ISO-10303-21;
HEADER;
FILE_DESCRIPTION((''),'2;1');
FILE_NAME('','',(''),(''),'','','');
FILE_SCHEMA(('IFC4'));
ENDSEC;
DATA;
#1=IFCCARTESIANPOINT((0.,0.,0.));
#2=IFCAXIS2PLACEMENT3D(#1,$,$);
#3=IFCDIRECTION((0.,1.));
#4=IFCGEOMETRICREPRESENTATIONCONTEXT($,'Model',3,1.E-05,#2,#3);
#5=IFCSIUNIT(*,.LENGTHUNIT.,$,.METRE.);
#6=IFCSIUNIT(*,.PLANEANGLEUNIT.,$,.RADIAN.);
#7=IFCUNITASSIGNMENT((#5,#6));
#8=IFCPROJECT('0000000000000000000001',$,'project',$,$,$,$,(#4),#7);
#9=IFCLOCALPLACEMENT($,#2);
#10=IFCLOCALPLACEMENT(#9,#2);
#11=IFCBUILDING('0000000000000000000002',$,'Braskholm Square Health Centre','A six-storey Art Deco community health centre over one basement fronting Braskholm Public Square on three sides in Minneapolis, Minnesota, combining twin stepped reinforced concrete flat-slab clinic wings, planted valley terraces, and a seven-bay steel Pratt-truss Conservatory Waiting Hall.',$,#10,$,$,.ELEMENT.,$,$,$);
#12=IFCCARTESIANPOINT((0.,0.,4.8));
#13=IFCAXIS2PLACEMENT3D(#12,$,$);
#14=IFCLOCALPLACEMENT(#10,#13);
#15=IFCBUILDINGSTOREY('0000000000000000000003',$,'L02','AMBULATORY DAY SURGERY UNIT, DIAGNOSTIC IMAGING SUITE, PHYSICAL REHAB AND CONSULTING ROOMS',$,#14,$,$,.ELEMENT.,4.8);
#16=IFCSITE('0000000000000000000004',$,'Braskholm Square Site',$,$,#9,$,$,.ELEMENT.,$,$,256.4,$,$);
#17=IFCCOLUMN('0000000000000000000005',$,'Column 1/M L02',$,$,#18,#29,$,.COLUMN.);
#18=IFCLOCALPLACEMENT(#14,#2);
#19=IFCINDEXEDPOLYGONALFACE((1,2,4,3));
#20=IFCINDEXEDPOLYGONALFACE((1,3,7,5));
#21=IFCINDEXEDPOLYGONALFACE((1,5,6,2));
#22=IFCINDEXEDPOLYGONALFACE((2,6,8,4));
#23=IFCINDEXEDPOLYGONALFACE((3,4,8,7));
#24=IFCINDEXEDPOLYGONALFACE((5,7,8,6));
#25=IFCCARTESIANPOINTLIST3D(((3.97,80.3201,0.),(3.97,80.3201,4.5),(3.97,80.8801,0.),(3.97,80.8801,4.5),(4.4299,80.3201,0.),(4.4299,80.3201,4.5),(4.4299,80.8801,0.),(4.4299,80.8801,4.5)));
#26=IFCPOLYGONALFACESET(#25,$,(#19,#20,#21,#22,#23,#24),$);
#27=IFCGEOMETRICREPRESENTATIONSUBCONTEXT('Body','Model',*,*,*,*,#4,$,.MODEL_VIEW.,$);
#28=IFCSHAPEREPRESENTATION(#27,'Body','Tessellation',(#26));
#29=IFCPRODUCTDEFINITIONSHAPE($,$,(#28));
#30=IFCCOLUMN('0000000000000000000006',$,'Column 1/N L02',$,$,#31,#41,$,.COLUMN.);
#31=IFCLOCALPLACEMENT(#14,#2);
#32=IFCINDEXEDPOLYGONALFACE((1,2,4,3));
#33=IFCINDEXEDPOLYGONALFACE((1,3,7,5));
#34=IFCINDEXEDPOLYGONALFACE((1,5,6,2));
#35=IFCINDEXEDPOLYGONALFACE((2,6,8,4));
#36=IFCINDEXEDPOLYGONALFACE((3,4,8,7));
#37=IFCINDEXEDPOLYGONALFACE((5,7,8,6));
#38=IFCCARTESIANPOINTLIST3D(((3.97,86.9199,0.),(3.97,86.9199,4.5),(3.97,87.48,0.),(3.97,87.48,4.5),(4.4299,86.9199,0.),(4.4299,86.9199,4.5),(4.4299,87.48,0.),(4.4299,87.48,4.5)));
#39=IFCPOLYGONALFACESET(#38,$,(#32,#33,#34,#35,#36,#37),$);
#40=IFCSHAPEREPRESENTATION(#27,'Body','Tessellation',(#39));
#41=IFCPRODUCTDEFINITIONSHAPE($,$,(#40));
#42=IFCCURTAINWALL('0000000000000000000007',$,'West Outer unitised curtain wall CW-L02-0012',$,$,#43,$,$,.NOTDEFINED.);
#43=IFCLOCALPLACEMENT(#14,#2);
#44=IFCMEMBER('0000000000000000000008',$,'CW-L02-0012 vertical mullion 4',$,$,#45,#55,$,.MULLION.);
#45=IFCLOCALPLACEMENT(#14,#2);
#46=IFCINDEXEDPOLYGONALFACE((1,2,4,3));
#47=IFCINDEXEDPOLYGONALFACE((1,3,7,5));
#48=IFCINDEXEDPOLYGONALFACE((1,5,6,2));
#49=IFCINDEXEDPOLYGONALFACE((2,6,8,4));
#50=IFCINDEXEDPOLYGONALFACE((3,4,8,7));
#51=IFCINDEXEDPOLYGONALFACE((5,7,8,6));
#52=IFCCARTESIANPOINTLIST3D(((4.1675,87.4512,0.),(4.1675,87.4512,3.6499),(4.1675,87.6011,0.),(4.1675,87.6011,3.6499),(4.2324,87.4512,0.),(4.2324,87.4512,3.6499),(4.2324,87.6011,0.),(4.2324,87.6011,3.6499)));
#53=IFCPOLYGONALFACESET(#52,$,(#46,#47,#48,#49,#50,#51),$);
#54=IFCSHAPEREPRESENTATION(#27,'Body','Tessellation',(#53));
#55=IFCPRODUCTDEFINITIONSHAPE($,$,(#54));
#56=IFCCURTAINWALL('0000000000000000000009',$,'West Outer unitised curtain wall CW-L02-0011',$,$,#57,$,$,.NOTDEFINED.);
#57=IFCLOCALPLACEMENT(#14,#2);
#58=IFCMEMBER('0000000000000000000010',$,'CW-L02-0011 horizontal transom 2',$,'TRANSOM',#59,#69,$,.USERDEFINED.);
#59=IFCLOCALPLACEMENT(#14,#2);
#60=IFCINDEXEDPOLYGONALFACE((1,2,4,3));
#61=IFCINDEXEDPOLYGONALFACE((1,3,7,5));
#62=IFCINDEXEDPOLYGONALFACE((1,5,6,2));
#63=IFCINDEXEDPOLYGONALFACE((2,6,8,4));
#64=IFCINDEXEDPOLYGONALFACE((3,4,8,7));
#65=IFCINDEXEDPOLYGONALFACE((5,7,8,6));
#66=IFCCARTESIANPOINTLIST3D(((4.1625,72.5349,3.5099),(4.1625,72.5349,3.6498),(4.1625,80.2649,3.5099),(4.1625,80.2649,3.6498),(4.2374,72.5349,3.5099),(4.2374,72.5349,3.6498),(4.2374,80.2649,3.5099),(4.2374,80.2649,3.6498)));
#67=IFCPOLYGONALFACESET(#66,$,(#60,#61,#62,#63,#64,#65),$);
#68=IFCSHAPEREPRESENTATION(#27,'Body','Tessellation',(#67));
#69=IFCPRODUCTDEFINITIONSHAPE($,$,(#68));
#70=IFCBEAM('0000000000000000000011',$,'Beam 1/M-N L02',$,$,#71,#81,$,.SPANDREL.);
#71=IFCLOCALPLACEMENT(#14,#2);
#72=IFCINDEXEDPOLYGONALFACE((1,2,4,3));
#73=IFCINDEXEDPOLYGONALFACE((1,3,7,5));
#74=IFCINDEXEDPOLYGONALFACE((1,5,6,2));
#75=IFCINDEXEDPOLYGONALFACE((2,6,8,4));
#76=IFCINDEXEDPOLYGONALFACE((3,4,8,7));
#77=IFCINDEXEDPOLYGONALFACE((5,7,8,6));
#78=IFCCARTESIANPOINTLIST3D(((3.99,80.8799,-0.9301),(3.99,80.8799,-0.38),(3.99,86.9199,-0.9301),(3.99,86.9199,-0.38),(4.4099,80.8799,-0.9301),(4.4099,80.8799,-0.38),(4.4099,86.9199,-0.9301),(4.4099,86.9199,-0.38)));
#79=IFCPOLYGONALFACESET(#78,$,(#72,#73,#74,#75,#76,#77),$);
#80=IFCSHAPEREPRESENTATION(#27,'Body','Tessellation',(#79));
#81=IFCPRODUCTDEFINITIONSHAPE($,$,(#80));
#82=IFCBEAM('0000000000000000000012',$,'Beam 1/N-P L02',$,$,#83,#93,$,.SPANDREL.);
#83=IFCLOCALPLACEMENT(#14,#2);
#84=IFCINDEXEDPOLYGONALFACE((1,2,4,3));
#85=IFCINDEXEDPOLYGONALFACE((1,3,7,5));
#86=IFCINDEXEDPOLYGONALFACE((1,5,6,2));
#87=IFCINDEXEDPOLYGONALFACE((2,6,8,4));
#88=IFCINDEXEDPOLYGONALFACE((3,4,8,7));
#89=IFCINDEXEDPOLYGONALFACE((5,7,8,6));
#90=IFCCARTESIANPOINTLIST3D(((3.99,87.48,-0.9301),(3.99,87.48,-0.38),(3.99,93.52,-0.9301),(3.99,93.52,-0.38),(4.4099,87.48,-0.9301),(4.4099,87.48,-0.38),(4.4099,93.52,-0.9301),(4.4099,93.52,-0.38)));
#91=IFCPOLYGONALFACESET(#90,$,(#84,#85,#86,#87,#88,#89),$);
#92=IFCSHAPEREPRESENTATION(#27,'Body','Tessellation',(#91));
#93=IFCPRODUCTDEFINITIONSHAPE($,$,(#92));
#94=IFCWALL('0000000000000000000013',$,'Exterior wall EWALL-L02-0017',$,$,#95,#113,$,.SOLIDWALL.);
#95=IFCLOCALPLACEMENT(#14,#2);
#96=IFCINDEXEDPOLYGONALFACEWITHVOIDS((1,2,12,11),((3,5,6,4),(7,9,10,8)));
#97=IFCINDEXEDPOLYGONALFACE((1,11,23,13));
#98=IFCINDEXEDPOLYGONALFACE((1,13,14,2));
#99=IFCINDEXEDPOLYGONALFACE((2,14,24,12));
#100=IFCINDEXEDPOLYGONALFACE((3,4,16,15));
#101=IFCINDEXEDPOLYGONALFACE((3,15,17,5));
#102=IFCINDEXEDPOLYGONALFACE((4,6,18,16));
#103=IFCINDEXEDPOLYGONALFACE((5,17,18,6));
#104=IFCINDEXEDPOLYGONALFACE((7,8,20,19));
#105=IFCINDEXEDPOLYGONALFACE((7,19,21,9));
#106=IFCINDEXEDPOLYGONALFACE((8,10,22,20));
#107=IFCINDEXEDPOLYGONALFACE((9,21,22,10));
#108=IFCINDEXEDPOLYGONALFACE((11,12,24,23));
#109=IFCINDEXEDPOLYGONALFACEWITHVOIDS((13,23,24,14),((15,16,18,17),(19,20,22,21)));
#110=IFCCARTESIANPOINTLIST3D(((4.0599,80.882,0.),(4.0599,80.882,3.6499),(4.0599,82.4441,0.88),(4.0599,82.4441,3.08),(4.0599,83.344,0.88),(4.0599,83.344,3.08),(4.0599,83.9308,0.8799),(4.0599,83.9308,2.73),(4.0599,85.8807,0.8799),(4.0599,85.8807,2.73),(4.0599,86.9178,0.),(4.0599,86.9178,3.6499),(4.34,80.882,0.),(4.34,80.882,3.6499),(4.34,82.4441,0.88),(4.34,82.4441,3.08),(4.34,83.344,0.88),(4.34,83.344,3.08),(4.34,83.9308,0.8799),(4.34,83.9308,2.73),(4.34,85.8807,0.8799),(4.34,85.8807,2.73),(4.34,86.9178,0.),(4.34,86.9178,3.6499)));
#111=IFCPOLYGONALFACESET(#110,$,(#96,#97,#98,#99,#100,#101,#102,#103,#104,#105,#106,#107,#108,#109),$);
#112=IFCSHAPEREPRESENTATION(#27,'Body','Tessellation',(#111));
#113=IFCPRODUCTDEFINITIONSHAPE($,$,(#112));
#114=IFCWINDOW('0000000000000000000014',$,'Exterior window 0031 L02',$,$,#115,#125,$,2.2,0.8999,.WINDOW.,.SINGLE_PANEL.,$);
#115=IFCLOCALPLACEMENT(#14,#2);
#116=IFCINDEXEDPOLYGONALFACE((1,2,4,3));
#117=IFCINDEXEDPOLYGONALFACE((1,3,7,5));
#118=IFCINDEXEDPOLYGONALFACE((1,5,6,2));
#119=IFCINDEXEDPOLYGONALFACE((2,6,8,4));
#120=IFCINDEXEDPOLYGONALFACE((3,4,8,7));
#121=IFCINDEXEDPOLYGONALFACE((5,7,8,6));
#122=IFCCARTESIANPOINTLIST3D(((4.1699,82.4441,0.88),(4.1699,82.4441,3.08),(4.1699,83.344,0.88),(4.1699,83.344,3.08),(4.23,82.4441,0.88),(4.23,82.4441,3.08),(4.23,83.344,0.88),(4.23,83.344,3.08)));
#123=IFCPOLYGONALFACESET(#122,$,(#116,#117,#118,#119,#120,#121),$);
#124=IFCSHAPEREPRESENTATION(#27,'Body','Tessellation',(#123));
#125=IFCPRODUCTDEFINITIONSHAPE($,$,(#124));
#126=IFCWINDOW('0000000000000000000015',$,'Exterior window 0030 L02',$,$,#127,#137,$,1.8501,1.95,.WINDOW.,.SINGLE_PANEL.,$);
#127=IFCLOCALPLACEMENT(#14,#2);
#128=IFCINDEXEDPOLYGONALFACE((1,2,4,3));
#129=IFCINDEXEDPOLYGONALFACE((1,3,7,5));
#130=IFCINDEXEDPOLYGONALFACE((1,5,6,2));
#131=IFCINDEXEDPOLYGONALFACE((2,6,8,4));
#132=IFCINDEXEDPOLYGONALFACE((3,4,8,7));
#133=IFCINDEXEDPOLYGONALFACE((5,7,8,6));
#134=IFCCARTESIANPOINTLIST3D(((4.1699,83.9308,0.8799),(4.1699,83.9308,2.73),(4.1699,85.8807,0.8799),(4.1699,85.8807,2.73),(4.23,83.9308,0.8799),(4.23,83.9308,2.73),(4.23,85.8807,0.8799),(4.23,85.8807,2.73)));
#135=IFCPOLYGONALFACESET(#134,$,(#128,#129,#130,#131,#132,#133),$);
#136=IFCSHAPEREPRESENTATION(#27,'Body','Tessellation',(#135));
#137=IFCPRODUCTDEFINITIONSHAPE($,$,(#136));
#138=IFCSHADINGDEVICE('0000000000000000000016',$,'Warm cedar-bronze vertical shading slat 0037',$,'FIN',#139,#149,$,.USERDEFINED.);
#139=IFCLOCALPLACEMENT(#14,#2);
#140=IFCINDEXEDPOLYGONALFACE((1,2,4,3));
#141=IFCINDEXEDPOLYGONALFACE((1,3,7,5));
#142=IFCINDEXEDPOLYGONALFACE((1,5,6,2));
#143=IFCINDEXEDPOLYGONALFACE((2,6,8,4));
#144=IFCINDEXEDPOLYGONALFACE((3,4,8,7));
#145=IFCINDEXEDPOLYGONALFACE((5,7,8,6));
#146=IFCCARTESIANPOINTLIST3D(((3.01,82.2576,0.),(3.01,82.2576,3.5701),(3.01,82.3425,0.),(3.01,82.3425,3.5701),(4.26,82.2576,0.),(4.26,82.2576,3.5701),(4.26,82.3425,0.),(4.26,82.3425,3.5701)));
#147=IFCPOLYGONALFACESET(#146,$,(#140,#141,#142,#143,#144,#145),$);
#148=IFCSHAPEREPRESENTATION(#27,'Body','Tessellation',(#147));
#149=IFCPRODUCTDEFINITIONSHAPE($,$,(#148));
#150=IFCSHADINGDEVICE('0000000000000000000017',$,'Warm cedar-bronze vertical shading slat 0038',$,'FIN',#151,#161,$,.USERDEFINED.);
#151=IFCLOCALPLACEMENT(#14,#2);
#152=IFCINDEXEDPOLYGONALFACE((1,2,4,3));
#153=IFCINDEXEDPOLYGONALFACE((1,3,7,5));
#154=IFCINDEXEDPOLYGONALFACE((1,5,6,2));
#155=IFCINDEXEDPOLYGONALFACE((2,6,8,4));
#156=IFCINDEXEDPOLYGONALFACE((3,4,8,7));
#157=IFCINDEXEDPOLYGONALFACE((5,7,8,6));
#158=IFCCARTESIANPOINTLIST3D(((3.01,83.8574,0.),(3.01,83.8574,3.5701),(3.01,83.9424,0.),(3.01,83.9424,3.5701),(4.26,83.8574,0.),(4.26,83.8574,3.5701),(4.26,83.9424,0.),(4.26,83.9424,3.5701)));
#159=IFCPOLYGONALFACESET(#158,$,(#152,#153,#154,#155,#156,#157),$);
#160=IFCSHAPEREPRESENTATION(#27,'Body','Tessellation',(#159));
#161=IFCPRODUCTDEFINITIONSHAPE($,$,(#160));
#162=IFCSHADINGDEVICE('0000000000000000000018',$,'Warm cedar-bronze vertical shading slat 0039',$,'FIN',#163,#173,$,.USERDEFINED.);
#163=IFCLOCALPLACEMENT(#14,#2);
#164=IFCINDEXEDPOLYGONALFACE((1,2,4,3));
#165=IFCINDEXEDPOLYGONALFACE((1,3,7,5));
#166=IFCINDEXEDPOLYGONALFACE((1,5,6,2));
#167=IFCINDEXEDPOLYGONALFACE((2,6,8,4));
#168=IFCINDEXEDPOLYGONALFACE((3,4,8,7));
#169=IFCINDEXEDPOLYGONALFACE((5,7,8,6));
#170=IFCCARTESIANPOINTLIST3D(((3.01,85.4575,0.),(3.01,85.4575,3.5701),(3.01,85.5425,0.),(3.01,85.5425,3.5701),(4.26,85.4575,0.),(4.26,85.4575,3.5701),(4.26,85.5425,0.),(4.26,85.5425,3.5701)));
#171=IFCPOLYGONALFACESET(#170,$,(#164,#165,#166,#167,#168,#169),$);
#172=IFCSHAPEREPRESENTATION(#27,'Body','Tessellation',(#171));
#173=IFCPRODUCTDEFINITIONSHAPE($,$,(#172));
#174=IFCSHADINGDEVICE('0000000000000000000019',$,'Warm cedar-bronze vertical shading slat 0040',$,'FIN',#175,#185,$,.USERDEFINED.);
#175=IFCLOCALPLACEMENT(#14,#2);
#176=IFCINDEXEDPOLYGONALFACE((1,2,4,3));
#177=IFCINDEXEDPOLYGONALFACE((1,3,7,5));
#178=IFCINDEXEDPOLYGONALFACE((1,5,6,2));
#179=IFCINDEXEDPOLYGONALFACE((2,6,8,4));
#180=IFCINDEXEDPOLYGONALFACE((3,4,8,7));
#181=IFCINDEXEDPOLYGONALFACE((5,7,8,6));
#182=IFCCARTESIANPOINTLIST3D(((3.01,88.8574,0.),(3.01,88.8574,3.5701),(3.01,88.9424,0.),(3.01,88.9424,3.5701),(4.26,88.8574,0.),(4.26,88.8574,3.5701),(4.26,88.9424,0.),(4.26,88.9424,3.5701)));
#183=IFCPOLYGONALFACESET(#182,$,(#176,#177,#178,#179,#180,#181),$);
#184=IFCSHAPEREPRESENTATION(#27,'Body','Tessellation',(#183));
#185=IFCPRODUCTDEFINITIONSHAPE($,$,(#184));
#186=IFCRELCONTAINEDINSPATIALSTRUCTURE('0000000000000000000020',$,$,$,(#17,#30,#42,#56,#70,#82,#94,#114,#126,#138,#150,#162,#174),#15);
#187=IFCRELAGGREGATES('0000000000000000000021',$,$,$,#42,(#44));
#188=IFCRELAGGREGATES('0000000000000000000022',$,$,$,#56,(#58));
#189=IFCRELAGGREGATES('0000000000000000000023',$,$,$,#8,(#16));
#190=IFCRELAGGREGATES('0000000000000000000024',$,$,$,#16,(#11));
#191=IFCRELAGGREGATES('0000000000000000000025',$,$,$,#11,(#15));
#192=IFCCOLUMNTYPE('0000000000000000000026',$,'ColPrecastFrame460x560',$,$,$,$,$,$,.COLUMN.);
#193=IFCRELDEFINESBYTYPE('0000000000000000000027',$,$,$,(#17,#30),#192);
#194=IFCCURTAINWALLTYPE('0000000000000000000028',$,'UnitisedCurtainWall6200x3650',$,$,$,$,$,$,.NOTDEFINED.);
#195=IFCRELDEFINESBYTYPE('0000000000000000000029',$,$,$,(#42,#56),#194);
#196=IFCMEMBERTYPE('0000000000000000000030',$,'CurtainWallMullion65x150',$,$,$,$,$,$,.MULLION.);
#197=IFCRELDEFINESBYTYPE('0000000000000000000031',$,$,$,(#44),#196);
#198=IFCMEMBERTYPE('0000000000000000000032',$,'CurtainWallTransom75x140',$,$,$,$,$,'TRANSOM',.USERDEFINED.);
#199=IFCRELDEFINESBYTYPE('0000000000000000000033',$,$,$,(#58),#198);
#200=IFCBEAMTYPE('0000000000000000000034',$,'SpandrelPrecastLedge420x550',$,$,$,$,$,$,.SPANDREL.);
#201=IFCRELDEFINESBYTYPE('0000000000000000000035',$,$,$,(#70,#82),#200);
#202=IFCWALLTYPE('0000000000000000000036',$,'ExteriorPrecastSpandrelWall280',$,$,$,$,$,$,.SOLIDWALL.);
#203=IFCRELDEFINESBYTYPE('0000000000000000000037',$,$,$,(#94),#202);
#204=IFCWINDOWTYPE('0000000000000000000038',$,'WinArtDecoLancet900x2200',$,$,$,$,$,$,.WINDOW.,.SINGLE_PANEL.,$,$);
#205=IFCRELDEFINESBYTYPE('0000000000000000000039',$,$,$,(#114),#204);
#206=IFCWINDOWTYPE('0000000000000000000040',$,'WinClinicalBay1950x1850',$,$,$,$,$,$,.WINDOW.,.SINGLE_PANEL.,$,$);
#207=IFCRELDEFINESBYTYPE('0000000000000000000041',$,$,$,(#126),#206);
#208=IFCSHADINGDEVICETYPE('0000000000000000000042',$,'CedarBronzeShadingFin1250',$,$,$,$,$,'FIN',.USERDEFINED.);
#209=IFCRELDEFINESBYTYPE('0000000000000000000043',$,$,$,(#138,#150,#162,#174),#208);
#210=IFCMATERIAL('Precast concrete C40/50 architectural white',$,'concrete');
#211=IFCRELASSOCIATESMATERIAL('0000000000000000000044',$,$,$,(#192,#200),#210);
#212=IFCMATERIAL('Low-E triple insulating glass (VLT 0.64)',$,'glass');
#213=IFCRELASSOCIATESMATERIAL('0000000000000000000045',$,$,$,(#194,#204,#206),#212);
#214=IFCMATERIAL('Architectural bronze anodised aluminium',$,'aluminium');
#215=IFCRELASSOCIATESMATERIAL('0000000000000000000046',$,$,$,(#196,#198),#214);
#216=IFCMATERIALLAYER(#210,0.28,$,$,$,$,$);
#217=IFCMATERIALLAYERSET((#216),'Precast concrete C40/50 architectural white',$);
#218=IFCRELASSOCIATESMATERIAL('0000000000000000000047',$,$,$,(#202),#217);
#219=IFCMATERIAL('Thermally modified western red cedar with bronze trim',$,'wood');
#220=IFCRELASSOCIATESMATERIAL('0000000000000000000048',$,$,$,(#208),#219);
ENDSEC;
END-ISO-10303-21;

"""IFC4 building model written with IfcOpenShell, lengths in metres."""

from ifc_helpers import new_model, si_unit, direction, frame, frame_2d, origin, origin_with_axes, origin_2d, place, context, subcontext, project, spatial, rectangle, extrude, material, layer, layer_set, material_profile, profile_set, type_object, element, fill, aggregate, save


model = new_model("IFC4")

# Units and contexts
model_context = context("Model", 3, precision=1e-05, world=origin(), true_north=direction((0.0, 1.0)))
body_context = subcontext(model_context, "Body", "Model", "MODEL_VIEW")
ifc_project = project(units=[si_unit("LENGTHUNIT", "METRE"), si_unit("PLANEANGLEUNIT", "RADIAN")], contexts=[model_context])

# Site, building, storey
site_placement = place(None, origin())
site = spatial("IfcSite", under=ifc_project, at=site_placement, Name="Braskholm Square Site", CompositionType="ELEMENT", RefElevation=256.4)
building_placement = place(site_placement, origin())
building = spatial("IfcBuilding", under=site, at=building_placement, Name="Braskholm Square Health Centre", Description="A six-storey Art Deco community health centre over one basement fronting Braskholm Public Square on three sides in Minneapolis, Minnesota, combining twin stepped reinforced concrete flat-slab clinic wings, planted valley terraces, and a seven-bay steel Pratt-truss Conservatory Waiting Hall.", CompositionType="ELEMENT")
storey_placement = place(building_placement, frame((0.0, 0.0, 4.8)))
storey = spatial("IfcBuildingStorey", under=building, at=storey_placement, Name="L02", Description="AMBULATORY DAY SURGERY UNIT, DIAGNOSTIC IMAGING SUITE, PHYSICAL REHAB AND CONSULTING ROOMS", CompositionType="ELEMENT", Elevation=4.8)

# Columns
ifc_material_1 = material(Name="Precast concrete C40/50 architectural white", Category="concrete")
ifc_material_profile_1 = material_profile(ifc_material_1, rectangle(XDim=0.46, YDim=0.5601, at=origin_2d()), Name="RC-460X560")
ifc_profile_set_1 = profile_set([ifc_material_profile_1], Name="Precast concrete C40/50 architectural white")
column_type = type_object("IfcColumnType", Name="ColPrecastFrame460x560", PredefinedType="COLUMN", material=ifc_profile_set_1)
for number, where, z_axis, x_axis, name in (
    (1, (4.2, 80.6001, 0.0), (0.0, 0.0, 1.0), (1.0, 0.0, 0.0), "Column 1/M L02"),
    (2, (4.2, 87.2, 0.0), (0.0, 0.0, 1.0), (1.0, 0.0, 0.0), "Column 1/N L02"),
):
    element("IfcColumn", number, at=place(storey_placement, frame(where, z_axis=z_axis, x_axis=x_axis)), inside=storey, type_object=column_type, Name=name, PredefinedType="COLUMN", context=body_context, shape_type="SweptSolid", body=[
        extrude(rectangle(XDim=0.46, YDim=0.5601, at=origin_2d()), origin(), (0.0, 0.0, 1.0), 4.5),
    ])

# Curtain walls, members
ifc_material_2 = material(Name="Low-E triple insulating glass (VLT 0.64)", Category="glass")
curtain_wall_type = type_object("IfcCurtainWallType", Name="UnitisedCurtainWall6200x3650", PredefinedType="NOTDEFINED", material=ifc_material_2)
curtain_wall_1_placement = place(storey_placement, origin())
curtain_wall_1 = element("IfcCurtainWall", 3, at=curtain_wall_1_placement, inside=storey, type_object=curtain_wall_type, Name="West Outer unitised curtain wall CW-L02-0012", PredefinedType="NOTDEFINED")
ifc_material_3 = material(Name="Architectural bronze anodised aluminium", Category="aluminium")
ifc_material_profile_2 = material_profile(ifc_material_3, rectangle(XDim=0.0649, YDim=0.1499, at=origin_2d()), Name="ALU-65X150")
ifc_profile_set_2 = profile_set([ifc_material_profile_2], Name="Architectural bronze anodised aluminium")
member_type_1 = type_object("IfcMemberType", Name="CurtainWallMullion65x150", PredefinedType="MULLION", material=ifc_profile_set_2)
member_1_placement = place(storey_placement, frame((4.2, 87.5261, 0.0), z_axis=(0.0, 0.0, 1.0), x_axis=(1.0, 0.0, 0.0)))
member_1 = element("IfcMember", 4, at=member_1_placement, type_object=member_type_1, Name="CW-L02-0012 vertical mullion 4", PredefinedType="MULLION", context=body_context, shape_type="SweptSolid", body=[
    extrude(rectangle(XDim=0.0649, YDim=0.1499, at=origin_2d()), origin(), (0.0, 0.0, 1.0), 3.6499),
])
aggregate(curtain_wall_1, [member_1])
curtain_wall_2_placement = place(storey_placement, origin())
curtain_wall_2 = element("IfcCurtainWall", 5, at=curtain_wall_2_placement, inside=storey, type_object=curtain_wall_type, Name="West Outer unitised curtain wall CW-L02-0011", PredefinedType="NOTDEFINED")
ifc_material_profile_3 = material_profile(ifc_material_3, rectangle(XDim=0.075, YDim=0.1399, at=origin_2d()), Name="ALU-75X140")
ifc_profile_set_3 = profile_set([ifc_material_profile_3], Name="Architectural bronze anodised aluminium")
member_type_2 = type_object("IfcMemberType", Name="CurtainWallTransom75x140", ElementType="TRANSOM", PredefinedType="USERDEFINED", material=ifc_profile_set_3)
member_2_placement = place(storey_placement, frame((4.2, 80.2649, 3.5798), z_axis=(0.0, -1.0, 0.0), x_axis=(1.0, 0.0, 0.0)))
member_2 = element("IfcMember", 6, at=member_2_placement, type_object=member_type_2, Name="CW-L02-0011 horizontal transom 2", ObjectType="TRANSOM", PredefinedType="USERDEFINED", context=body_context, shape_type="SweptSolid", body=[
    extrude(rectangle(XDim=0.075, YDim=0.1399, at=origin_2d()), origin(), (0.0, 0.0, 1.0), 7.73),
])
aggregate(curtain_wall_2, [member_2])

# Beams
ifc_material_profile_4 = material_profile(ifc_material_1, rectangle(XDim=0.4199, YDim=0.55, at=origin_2d()), Name="RCB-420X550")
ifc_profile_set_4 = profile_set([ifc_material_profile_4], Name="Precast concrete C40/50 architectural white")
beam_type = type_object("IfcBeamType", Name="SpandrelPrecastLedge420x550", PredefinedType="SPANDREL", material=ifc_profile_set_4)
for number, where, z_axis, x_axis, name in (
    (7, (4.2, 80.8799, -0.655), (0.0, 1.0, 0.0), (-1.0, 0.0, 0.0), "Beam 1/M-N L02"),
    (8, (4.2, 87.48, -0.655), (0.0, 1.0, 0.0), (-1.0, 0.0, 0.0), "Beam 1/N-P L02"),
):
    element("IfcBeam", number, at=place(storey_placement, frame(where, z_axis=z_axis, x_axis=x_axis)), inside=storey, type_object=beam_type, Name=name, PredefinedType="SPANDREL", context=body_context, shape_type="SweptSolid", body=[
        extrude(rectangle(XDim=0.4199, YDim=0.55, at=origin_2d()), origin(), (0.0, 0.0, 1.0), 6.04),
    ])

# Wall, openings, windows
ifc_layer_1 = layer(ifc_material_1, 0.28)
ifc_layer_set_1 = layer_set([ifc_layer_1], Name="Precast concrete C40/50 architectural white")
wall_type = type_object("IfcWallType", Name="ExteriorPrecastSpandrelWall280", PredefinedType="SOLIDWALL", material=ifc_layer_set_1)
wall_placement = place(storey_placement, frame((4.2, 86.918, 0.0), z_axis=(0.0, 0.0, 1.0), x_axis=(0.0, -1.0, 0.0)))
wall = element("IfcWall", 9, at=wall_placement, inside=storey, type_object=wall_type, Name="Exterior wall EWALL-L02-0017", PredefinedType="SOLIDWALL", context=body_context, shape_type="SweptSolid", body=[
    extrude(rectangle(XDim=6.0359, YDim=0.28, at=frame_2d((3.0181, 0.0))), origin(), (0.0, 0.0, 1.0), 3.6499),
])
opening_1_placement = place(wall_placement, frame((1.0371, 0.0, 0.8799)))
opening_1 = element("IfcOpeningElement", 10, at=opening_1_placement, cuts=wall, PredefinedType="OPENING", context=body_context, shape_type="SweptSolid", body=[
    extrude(rectangle(XDim=1.95, YDim=1.8501, at=frame_2d((0.9751, 0.925))), frame((0.0, 0.1499, 0.0), z_axis=(0.0, -1.0, 0.0), x_axis=(1.0, 0.0, 0.0)), (0.0, 0.0, 1.0), 0.3),
])
opening_2_placement = place(wall_placement, frame((3.574, 0.0, 0.8799)))
opening_2 = element("IfcOpeningElement", 11, at=opening_2_placement, cuts=wall, PredefinedType="OPENING", context=body_context, shape_type="SweptSolid", body=[
    extrude(rectangle(XDim=0.8999, YDim=2.2, at=frame_2d((0.45, 1.1001))), frame((0.0, 0.1499, 0.0), z_axis=(0.0, -1.0, 0.0), x_axis=(1.0, 0.0, 0.0)), (0.0, 0.0, 1.0), 0.3),
])
window_type_1 = type_object("IfcWindowType", Name="WinArtDecoLancet900x2200", PartitioningType="SINGLE_PANEL", PredefinedType="WINDOW", material=ifc_material_2)
window_1_placement = place(opening_2_placement, origin_with_axes())
window_1 = element("IfcWindow", 12, at=window_1_placement, inside=storey, type_object=window_type_1, Name="Exterior window 0031 L02", OverallHeight=2.2, OverallWidth=0.8999, PartitioningType="SINGLE_PANEL", PredefinedType="WINDOW", context=body_context, shape_type="SweptSolid", body=[
    extrude(rectangle(XDim=0.8999, YDim=2.2, at=frame_2d((0.45, 1.1001))), frame((0.0, 0.03, 0.0), z_axis=(0.0, -1.0, 0.0), x_axis=(1.0, 0.0, 0.0)), (0.0, 0.0, 1.0), 0.0601),
])
fill(opening_2, window_1)
window_type_2 = type_object("IfcWindowType", Name="WinClinicalBay1950x1850", PartitioningType="SINGLE_PANEL", PredefinedType="WINDOW", material=ifc_material_2)
window_2_placement = place(opening_1_placement, origin_with_axes())
window_2 = element("IfcWindow", 13, at=window_2_placement, inside=storey, type_object=window_type_2, Name="Exterior window 0030 L02", OverallHeight=1.8501, OverallWidth=1.95, PartitioningType="SINGLE_PANEL", PredefinedType="WINDOW", context=body_context, shape_type="SweptSolid", body=[
    extrude(rectangle(XDim=1.95, YDim=1.8501, at=frame_2d((0.9751, 0.925))), frame((0.0, 0.03, 0.0), z_axis=(0.0, -1.0, 0.0), x_axis=(1.0, 0.0, 0.0)), (0.0, 0.0, 1.0), 0.0601),
])
fill(opening_1, window_2)

# Shading devices
ifc_material_4 = material(Name="Thermally modified western red cedar with bronze trim", Category="wood")
shading_device_type = type_object("IfcShadingDeviceType", Name="CedarBronzeShadingFin1250", ElementType="FIN", PredefinedType="USERDEFINED", material=ifc_material_4)
for number, where, z_axis, x_axis, name in (
    (14, (3.635, 82.3, 0.0), (0.0, 0.0, 1.0), (1.0, 0.0, 0.0), "Warm cedar-bronze vertical shading slat 0037"),
    (15, (3.635, 83.8999, 0.0), (0.0, 0.0, 1.0), (1.0, 0.0, 0.0), "Warm cedar-bronze vertical shading slat 0038"),
    (16, (3.635, 85.5, 0.0), (0.0, 0.0, 1.0), (1.0, 0.0, 0.0), "Warm cedar-bronze vertical shading slat 0039"),
    (17, (3.635, 88.8999, 0.0), (0.0, 0.0, 1.0), (1.0, 0.0, 0.0), "Warm cedar-bronze vertical shading slat 0040"),
):
    element("IfcShadingDevice", number, at=place(storey_placement, frame(where, z_axis=z_axis, x_axis=x_axis)), inside=storey, type_object=shading_device_type, Name=name, ObjectType="FIN", PredefinedType="USERDEFINED", context=body_context, shape_type="SweptSolid", body=[
        extrude(rectangle(XDim=1.25, YDim=0.085, at=origin_2d()), origin(), (0.0, 0.0, 1.0), 3.5701),
    ])

save(model, "model.ifc")
